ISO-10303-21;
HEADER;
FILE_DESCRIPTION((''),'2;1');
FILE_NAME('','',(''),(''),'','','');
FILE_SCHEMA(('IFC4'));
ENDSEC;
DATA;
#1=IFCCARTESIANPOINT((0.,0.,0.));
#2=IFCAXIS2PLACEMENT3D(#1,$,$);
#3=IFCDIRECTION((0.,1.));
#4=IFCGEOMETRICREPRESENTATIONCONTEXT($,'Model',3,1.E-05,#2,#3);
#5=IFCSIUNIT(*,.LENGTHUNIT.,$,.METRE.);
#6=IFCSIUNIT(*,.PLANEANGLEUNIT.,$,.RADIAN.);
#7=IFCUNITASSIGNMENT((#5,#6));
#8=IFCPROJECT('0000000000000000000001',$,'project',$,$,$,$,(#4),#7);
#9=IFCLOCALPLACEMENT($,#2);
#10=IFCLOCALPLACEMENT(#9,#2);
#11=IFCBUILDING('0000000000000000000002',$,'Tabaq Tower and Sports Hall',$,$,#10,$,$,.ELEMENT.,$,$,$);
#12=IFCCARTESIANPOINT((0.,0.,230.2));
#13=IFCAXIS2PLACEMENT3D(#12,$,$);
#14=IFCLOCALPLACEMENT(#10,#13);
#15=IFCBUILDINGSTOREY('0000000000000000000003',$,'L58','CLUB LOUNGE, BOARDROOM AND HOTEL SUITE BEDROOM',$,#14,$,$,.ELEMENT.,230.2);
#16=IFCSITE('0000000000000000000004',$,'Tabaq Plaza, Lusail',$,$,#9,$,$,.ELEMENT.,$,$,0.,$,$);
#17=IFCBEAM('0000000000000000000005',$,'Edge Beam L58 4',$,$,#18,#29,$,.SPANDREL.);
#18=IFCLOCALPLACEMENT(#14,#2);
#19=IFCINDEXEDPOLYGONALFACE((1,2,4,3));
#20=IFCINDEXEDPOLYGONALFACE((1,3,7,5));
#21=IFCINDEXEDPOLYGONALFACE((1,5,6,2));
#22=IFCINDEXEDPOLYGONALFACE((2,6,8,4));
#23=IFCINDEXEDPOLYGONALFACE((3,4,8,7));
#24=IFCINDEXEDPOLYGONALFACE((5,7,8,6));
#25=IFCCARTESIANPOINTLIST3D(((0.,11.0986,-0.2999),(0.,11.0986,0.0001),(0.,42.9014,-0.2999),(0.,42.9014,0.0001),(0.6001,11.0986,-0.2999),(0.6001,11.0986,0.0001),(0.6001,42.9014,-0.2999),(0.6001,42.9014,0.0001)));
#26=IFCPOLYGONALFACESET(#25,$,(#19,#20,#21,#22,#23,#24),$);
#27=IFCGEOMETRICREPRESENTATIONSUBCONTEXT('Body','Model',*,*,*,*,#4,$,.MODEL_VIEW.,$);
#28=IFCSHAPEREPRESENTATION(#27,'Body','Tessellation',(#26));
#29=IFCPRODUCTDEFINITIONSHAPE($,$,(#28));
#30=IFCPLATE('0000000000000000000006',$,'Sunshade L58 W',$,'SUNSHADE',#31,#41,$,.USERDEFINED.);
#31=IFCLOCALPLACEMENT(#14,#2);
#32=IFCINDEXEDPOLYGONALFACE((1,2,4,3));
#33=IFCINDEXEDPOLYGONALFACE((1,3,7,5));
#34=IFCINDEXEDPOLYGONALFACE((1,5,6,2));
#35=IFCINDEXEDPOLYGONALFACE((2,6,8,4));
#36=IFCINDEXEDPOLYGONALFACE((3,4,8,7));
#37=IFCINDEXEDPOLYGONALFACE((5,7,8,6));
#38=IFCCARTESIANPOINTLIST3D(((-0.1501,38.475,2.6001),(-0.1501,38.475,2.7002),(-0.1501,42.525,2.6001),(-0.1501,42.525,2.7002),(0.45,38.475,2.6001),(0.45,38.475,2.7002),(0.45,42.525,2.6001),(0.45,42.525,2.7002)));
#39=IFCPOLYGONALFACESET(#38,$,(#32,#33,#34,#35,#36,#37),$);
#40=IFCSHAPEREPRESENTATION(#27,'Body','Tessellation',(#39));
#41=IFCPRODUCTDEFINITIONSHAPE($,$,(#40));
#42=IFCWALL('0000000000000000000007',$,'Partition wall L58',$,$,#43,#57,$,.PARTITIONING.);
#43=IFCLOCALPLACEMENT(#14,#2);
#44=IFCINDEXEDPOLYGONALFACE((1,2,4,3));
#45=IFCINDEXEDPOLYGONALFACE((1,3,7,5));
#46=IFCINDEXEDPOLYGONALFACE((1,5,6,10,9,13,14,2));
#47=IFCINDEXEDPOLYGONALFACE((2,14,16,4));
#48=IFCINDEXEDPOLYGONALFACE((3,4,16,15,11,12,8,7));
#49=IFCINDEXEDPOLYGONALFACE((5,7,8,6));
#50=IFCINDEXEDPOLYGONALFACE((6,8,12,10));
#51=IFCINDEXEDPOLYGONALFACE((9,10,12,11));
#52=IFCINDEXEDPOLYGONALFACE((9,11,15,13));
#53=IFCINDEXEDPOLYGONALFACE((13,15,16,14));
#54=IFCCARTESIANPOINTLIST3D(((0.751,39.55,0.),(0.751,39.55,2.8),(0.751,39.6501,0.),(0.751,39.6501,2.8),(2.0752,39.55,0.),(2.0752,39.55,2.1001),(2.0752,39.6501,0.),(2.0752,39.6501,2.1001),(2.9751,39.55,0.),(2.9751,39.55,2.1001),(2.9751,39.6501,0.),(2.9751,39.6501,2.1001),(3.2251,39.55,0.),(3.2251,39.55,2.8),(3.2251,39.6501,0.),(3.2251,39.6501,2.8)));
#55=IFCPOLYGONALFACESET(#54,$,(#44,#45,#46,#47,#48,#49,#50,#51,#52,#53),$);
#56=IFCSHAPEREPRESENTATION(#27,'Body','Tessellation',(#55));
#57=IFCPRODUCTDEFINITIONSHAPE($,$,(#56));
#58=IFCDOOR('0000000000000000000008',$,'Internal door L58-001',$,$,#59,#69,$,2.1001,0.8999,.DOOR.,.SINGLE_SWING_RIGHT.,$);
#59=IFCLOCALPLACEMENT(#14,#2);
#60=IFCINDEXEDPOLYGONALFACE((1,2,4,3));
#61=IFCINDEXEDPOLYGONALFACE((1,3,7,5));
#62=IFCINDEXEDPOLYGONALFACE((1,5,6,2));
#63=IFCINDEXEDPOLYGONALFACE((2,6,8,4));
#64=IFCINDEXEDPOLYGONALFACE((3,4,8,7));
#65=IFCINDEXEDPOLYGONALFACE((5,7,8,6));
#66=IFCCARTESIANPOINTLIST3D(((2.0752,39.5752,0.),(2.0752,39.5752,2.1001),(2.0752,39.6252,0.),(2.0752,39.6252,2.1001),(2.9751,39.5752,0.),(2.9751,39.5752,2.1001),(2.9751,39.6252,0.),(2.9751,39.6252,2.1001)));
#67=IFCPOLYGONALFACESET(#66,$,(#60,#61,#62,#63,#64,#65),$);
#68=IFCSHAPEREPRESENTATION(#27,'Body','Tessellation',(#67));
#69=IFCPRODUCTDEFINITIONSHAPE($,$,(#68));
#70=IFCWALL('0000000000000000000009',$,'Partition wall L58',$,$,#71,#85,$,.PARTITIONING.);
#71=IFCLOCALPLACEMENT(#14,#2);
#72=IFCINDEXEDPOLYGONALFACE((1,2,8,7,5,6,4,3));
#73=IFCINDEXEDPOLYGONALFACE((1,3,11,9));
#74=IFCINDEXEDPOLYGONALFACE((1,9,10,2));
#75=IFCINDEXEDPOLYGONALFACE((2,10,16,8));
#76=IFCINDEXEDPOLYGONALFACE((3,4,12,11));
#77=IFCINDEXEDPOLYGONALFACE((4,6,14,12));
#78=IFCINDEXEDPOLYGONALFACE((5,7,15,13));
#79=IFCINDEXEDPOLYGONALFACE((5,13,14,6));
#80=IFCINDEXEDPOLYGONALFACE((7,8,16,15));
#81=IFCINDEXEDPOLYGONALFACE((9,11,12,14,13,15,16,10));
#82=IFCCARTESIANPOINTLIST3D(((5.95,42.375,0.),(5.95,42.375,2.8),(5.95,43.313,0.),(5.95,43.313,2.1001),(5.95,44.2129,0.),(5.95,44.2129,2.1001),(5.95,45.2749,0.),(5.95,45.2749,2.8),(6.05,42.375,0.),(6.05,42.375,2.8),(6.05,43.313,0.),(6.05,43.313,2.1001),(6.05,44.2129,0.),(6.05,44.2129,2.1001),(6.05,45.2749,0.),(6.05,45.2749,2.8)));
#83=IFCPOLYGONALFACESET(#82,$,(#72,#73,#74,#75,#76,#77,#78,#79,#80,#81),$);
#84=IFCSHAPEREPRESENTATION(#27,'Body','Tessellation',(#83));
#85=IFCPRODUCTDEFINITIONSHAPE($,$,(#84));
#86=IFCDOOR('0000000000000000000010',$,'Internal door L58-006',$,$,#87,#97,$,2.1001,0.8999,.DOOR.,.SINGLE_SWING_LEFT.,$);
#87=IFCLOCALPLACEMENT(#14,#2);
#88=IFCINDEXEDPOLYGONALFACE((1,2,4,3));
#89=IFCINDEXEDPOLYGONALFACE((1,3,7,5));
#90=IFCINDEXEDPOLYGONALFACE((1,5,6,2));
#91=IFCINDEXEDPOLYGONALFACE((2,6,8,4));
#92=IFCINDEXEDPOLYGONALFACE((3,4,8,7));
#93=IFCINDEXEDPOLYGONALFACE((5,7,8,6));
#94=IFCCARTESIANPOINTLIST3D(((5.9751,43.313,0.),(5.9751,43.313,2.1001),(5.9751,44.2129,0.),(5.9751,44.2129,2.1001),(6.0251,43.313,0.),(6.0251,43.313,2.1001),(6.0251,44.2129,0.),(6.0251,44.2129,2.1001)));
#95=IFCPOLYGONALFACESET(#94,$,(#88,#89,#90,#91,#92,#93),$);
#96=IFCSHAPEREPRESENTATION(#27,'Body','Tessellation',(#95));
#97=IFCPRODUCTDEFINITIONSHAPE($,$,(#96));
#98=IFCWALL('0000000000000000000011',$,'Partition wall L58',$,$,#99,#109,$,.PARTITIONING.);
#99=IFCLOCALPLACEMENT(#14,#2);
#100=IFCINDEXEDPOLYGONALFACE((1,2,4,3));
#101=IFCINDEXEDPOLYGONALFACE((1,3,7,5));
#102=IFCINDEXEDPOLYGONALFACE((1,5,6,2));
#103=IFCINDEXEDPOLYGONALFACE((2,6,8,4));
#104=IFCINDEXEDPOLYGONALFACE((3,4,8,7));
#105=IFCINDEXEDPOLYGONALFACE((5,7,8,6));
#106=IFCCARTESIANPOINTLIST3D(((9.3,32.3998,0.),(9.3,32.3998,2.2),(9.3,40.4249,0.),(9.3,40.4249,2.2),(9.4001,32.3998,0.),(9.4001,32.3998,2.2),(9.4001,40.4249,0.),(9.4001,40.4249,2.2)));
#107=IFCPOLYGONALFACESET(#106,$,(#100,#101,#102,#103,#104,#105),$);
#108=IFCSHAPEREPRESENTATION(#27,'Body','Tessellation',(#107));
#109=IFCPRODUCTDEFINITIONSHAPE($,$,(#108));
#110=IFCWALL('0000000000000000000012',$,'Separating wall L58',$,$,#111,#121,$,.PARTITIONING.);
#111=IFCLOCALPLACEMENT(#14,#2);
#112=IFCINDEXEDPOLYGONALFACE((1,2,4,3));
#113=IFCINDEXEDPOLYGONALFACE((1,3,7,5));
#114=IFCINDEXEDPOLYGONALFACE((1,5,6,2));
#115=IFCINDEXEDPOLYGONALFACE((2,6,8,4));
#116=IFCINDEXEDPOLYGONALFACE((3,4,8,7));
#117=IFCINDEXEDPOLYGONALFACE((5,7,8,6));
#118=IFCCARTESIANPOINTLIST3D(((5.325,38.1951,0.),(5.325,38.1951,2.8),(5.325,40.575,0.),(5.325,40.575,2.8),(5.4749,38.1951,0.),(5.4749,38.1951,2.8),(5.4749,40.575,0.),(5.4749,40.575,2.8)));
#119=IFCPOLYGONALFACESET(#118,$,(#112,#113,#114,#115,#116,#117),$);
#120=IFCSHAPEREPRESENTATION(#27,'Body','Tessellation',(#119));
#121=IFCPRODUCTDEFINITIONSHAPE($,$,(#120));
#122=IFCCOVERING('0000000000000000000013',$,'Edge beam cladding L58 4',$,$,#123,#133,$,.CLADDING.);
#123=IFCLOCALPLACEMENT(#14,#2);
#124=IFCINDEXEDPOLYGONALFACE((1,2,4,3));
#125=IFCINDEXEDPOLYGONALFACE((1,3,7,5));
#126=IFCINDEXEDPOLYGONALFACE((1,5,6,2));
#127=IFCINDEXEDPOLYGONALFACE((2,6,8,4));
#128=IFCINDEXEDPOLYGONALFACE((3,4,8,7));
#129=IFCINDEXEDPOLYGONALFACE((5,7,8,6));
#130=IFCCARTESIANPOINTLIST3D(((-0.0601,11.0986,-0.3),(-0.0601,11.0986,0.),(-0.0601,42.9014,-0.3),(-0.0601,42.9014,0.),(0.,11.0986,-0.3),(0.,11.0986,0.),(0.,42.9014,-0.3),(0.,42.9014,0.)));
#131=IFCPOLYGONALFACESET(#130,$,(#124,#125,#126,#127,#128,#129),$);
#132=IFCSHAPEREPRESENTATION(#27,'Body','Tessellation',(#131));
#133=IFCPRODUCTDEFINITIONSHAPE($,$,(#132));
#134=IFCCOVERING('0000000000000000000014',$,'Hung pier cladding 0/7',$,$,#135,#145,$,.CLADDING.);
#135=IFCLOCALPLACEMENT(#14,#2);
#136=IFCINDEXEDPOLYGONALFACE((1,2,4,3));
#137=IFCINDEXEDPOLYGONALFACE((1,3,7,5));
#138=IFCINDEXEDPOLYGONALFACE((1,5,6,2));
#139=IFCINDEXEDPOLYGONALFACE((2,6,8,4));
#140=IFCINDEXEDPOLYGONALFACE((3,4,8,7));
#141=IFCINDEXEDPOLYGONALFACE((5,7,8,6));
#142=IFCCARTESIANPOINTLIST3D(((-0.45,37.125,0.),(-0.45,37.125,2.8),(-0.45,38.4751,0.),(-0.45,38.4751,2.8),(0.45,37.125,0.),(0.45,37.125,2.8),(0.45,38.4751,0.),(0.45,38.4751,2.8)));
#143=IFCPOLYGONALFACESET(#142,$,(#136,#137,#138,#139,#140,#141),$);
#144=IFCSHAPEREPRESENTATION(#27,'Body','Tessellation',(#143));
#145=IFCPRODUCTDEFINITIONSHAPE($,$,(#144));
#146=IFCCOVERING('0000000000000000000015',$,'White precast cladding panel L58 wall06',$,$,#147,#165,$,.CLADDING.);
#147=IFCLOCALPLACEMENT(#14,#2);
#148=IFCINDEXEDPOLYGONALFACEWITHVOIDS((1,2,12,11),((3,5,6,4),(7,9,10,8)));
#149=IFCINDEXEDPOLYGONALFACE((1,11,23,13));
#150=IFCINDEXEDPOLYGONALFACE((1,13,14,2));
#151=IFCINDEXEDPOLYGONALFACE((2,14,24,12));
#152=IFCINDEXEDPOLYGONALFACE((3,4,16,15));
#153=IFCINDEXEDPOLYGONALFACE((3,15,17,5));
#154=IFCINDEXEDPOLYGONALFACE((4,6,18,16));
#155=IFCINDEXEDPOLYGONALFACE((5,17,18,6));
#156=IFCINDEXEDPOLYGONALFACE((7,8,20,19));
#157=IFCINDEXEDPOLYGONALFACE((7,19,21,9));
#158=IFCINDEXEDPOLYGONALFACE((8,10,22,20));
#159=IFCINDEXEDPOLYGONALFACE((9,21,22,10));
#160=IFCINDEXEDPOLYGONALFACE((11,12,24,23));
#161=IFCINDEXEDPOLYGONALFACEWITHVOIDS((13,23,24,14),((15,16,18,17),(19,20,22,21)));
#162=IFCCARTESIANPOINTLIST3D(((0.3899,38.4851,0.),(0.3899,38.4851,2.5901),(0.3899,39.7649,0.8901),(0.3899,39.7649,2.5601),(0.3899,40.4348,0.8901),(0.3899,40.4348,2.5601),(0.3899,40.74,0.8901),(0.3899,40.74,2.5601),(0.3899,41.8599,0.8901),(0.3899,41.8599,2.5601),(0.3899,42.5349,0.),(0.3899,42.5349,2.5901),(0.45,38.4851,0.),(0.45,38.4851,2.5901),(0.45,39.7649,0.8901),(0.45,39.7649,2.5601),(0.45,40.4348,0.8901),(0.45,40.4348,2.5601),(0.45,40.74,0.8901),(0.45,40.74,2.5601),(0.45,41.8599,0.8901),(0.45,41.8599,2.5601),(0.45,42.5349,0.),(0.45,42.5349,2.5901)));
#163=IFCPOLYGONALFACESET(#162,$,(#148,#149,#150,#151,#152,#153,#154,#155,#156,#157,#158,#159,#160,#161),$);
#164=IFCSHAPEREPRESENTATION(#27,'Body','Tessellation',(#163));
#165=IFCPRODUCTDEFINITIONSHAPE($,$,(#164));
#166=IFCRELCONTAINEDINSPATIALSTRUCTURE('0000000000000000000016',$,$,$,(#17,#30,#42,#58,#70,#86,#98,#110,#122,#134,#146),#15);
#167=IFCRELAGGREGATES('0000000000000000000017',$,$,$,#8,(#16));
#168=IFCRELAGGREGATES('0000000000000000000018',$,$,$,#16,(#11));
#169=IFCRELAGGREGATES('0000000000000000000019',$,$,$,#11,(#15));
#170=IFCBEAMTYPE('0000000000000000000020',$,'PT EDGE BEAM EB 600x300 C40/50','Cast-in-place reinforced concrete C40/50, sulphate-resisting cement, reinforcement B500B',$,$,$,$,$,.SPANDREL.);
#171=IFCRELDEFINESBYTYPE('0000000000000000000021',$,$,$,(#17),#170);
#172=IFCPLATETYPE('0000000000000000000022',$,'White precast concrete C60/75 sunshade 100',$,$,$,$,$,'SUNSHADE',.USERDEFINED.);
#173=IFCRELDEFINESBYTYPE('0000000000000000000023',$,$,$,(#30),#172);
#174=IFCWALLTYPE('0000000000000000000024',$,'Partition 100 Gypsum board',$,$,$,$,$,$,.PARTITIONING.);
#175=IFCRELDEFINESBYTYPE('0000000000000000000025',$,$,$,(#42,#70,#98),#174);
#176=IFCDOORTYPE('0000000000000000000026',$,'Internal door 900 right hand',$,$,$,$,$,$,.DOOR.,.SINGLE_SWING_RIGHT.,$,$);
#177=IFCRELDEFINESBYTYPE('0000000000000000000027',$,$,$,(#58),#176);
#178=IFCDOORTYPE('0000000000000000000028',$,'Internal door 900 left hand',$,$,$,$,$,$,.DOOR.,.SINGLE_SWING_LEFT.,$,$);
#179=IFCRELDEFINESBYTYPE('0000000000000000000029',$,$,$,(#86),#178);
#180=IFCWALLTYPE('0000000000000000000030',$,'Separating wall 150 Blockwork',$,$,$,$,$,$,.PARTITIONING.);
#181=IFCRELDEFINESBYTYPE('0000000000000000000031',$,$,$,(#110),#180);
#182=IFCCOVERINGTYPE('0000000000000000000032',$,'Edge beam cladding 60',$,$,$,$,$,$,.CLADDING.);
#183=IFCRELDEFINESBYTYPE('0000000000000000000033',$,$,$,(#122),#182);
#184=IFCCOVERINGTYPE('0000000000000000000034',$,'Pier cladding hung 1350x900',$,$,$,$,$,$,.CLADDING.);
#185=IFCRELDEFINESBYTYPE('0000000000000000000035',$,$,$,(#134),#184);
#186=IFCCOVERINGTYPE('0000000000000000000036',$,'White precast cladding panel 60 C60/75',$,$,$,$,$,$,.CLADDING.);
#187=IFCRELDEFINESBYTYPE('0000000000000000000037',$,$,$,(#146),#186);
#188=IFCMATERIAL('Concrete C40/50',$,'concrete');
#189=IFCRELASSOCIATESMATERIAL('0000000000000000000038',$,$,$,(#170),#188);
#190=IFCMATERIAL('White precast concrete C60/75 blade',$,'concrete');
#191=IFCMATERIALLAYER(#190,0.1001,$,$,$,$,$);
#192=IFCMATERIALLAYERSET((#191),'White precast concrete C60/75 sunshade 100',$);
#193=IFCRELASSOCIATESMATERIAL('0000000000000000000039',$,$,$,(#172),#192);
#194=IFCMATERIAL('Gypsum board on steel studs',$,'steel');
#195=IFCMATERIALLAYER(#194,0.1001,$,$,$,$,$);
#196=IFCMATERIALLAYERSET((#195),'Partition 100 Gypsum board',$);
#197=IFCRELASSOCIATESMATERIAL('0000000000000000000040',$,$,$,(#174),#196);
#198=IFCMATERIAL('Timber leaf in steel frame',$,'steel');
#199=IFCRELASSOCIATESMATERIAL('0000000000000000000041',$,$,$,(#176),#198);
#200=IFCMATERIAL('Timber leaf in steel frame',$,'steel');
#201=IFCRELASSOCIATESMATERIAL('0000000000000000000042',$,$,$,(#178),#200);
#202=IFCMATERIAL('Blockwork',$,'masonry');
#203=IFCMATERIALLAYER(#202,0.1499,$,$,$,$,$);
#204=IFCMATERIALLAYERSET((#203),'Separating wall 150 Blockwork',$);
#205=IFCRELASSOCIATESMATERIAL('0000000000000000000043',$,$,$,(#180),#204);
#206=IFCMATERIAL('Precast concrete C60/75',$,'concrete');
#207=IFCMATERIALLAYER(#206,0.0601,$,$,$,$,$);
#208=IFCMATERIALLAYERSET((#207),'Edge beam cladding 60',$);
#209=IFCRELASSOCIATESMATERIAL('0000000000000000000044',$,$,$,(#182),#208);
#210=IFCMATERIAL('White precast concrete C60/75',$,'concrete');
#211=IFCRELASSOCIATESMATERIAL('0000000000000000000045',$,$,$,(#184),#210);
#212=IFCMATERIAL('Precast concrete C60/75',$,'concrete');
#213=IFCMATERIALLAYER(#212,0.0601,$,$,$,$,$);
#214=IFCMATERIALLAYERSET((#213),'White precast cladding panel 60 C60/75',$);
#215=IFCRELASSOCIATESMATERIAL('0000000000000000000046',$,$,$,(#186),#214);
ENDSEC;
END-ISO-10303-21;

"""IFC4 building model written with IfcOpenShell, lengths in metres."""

from ifc_helpers import new_model, si_unit, direction, frame, frame_2d, origin, origin_2d, place, context, subcontext, project, spatial, polyline, rectangle, outline, extrude, material, layer, layer_set, material_profile, profile_set, type_object, element, fill, save


model = new_model("IFC4")

# Units and contexts
model_context = context("Model", 3, precision=1e-05, world=origin(), true_north=direction((0.0, 1.0)))
body_context = subcontext(model_context, "Body", "Model", "MODEL_VIEW")
ifc_project = project(units=[si_unit("LENGTHUNIT", "METRE"), si_unit("PLANEANGLEUNIT", "RADIAN")], contexts=[model_context])

# Site, building, storey
site_placement = place(None, origin())
site = spatial("IfcSite", under=ifc_project, at=site_placement, Name="Tabaq Plaza, Lusail", CompositionType="ELEMENT", RefElevation=0.0)
building_placement = place(site_placement, origin())
building = spatial("IfcBuilding", under=site, at=building_placement, Name="Tabaq Tower and Sports Hall", CompositionType="ELEMENT")
storey_placement = place(building_placement, frame((0.0, 0.0, 230.2)))
storey = spatial("IfcBuildingStorey", under=building, at=storey_placement, Name="L58", Description="CLUB LOUNGE, BOARDROOM AND HOTEL SUITE BEDROOM", CompositionType="ELEMENT", Elevation=230.2)

# Beam
ifc_material_1 = material(Name="Concrete C40/50", Category="concrete")
ifc_material_profile = material_profile(ifc_material_1, rectangle(XDim=0.6001, YDim=0.3, at=origin_2d()), Name="EB 600x300")
ifc_profile_set = profile_set([ifc_material_profile], Name="Concrete C40/50")
beam_type = type_object("IfcBeamType", Name="PT EDGE BEAM EB 600x300 C40/50", Description="Cast-in-place reinforced concrete C40/50, sulphate-resisting cement, reinforcement B500B", PredefinedType="SPANDREL", material=ifc_profile_set)
beam_placement = place(storey_placement, frame((0.3, 42.9014, -0.1499), z_axis=(0.0, -1.0, 0.0), x_axis=(1.0, 0.0, 0.0)))
element("IfcBeam", 1, at=beam_placement, inside=storey, type_object=beam_type, Name="Edge Beam L58 4", PredefinedType="SPANDREL", context=body_context, shape_type="SweptSolid", body=[
    extrude(rectangle(XDim=0.6001, YDim=0.3, at=origin_2d()), origin(), (0.0, 0.0, 1.0), 31.8027),
])

# Plate
ifc_material_2 = material(Name="White precast concrete C60/75 blade", Category="concrete")
ifc_layer_1 = layer(ifc_material_2, 0.1001)
ifc_layer_set_1 = layer_set([ifc_layer_1], Name="White precast concrete C60/75 sunshade 100")
plate_type = type_object("IfcPlateType", Name="White precast concrete C60/75 sunshade 100", ElementType="SUNSHADE", PredefinedType="USERDEFINED", material=ifc_layer_set_1)
plate_placement = place(storey_placement, frame((0.1499, 40.5, 2.6001), z_axis=(0.0, 0.0, 1.0), x_axis=(0.0, -1.0, 0.0)))
element("IfcPlate", 2, at=plate_placement, inside=storey, type_object=plate_type, Name="Sunshade L58 W", ObjectType="SUNSHADE", PredefinedType="USERDEFINED", context=body_context, shape_type="SweptSolid", body=[
    extrude(rectangle(XDim=4.05, YDim=0.6001, at=origin_2d()), origin(), (0.0, 0.0, 1.0), 0.1001),
])

# Walls, openings, doors
ifc_material_3 = material(Name="Gypsum board on steel studs", Category="steel")
ifc_layer_2 = layer(ifc_material_3, 0.1001)
ifc_layer_set_2 = layer_set([ifc_layer_2], Name="Partition 100 Gypsum board")
wall_type_1 = type_object("IfcWallType", Name="Partition 100 Gypsum board", PredefinedType="PARTITIONING", material=ifc_layer_set_2)
wall_1_placement = place(storey_placement, frame((3.2251, 39.6001, 0.0), z_axis=(0.0, 0.0, 1.0), x_axis=(-1.0, 0.0, 0.0)))
wall_1 = element("IfcWall", 3, at=wall_1_placement, inside=storey, type_object=wall_type_1, Name="Partition wall L58", PredefinedType="PARTITIONING", context=body_context, shape_type="SweptSolid", body=[
    extrude(rectangle(XDim=2.4741, YDim=0.1001, at=frame_2d((1.2371, 0.0))), origin(), (0.0, 0.0, 1.0), 2.8),
])
opening_1_placement = place(wall_1_placement, frame((0.25, 0.0, 0.0)))
opening_1 = element("IfcOpeningElement", 4, at=opening_1_placement, cuts=wall_1, PredefinedType="OPENING", context=body_context, shape_type="SweptSolid", body=[
    extrude(rectangle(XDim=0.8999, YDim=2.1001, at=frame_2d((0.45, 1.05))), frame((0.0, 0.05, 0.0), z_axis=(0.0, -1.0, 0.0), x_axis=(1.0, 0.0, 0.0)), (0.0, 0.0, 1.0), 0.1001),
])
ifc_material_4 = material(Name="Timber leaf in steel frame", Category="steel")
door_type_1 = type_object("IfcDoorType", Name="Internal door 900 right hand", OperationType="SINGLE_SWING_RIGHT", PredefinedType="DOOR", material=ifc_material_4)
door_1_placement = place(opening_1_placement, origin())
door_1 = element("IfcDoor", 5, at=door_1_placement, inside=storey, type_object=door_type_1, Name="Internal door L58-001", OperationType="SINGLE_SWING_RIGHT", OverallHeight=2.1001, OverallWidth=0.8999, PredefinedType="DOOR", context=body_context, shape_type="SweptSolid", body=[
    extrude(rectangle(XDim=0.8999, YDim=2.1001, at=frame_2d((0.45, 1.05))), frame((0.0, 0.0249, 0.0), z_axis=(0.0, -1.0, 0.0), x_axis=(1.0, 0.0, 0.0)), (0.0, 0.0, 1.0), 0.05),
])
fill(opening_1, door_1)
wall_2_placement = place(storey_placement, frame((6.0, 42.375, 0.0), z_axis=(0.0, 0.0, 1.0), x_axis=(0.0, 1.0, 0.0)))
wall_2 = element("IfcWall", 6, at=wall_2_placement, inside=storey, type_object=wall_type_1, Name="Partition wall L58", PredefinedType="PARTITIONING", context=body_context, shape_type="SweptSolid", body=[
    extrude(rectangle(XDim=2.8999, YDim=0.1001, at=frame_2d((1.45, 0.0))), origin(), (0.0, 0.0, 1.0), 2.8),
])
opening_2_placement = place(wall_2_placement, frame((0.938, 0.0, 0.0)))
opening_2 = element("IfcOpeningElement", 7, at=opening_2_placement, cuts=wall_2, PredefinedType="OPENING", context=body_context, shape_type="SweptSolid", body=[
    extrude(rectangle(XDim=0.8999, YDim=2.1001, at=frame_2d((0.45, 1.05))), frame((0.0, 0.05, 0.0), z_axis=(0.0, -1.0, 0.0), x_axis=(1.0, 0.0, 0.0)), (0.0, 0.0, 1.0), 0.1001),
])
ifc_material_5 = material(Name="Timber leaf in steel frame", Category="steel")
door_type_2 = type_object("IfcDoorType", Name="Internal door 900 left hand", OperationType="SINGLE_SWING_LEFT", PredefinedType="DOOR", material=ifc_material_5)
door_2_placement = place(opening_2_placement, origin())
door_2 = element("IfcDoor", 8, at=door_2_placement, inside=storey, type_object=door_type_2, Name="Internal door L58-006", OperationType="SINGLE_SWING_LEFT", OverallHeight=2.1001, OverallWidth=0.8999, PredefinedType="DOOR", context=body_context, shape_type="SweptSolid", body=[
    extrude(rectangle(XDim=0.8999, YDim=2.1001, at=frame_2d((0.45, 1.05))), frame((0.0, 0.0249, 0.0), z_axis=(0.0, -1.0, 0.0), x_axis=(1.0, 0.0, 0.0)), (0.0, 0.0, 1.0), 0.05),
])
fill(opening_2, door_2)

# Walls
wall_3_placement = place(storey_placement, frame((9.3501, 40.425, 0.0), z_axis=(0.0, 0.0, 1.0), x_axis=(0.0, -1.0, 0.0)))
element("IfcWall", 9, at=wall_3_placement, inside=storey, type_object=wall_type_1, Name="Partition wall L58", PredefinedType="PARTITIONING", context=body_context, shape_type="SweptSolid", body=[
    extrude(rectangle(XDim=8.0251, YDim=0.1001, at=frame_2d((4.0127, 0.0))), origin(), (0.0, 0.0, 1.0), 2.2),
])
ifc_material_6 = material(Name="Blockwork", Category="masonry")
ifc_layer_3 = layer(ifc_material_6, 0.1499)
ifc_layer_set_3 = layer_set([ifc_layer_3], Name="Separating wall 150 Blockwork")
wall_type_2 = type_object("IfcWallType", Name="Separating wall 150 Blockwork", PredefinedType="PARTITIONING", material=ifc_layer_set_3)
wall_4_placement = place(storey_placement, frame((5.3999, 38.1951, 0.0), z_axis=(0.0, 0.0, 1.0), x_axis=(0.0, 1.0, 0.0)))
element("IfcWall", 10, at=wall_4_placement, inside=storey, type_object=wall_type_2, Name="Separating wall L58", PredefinedType="PARTITIONING", context=body_context, shape_type="SweptSolid", body=[
    extrude(rectangle(XDim=2.3799, YDim=0.1499, at=frame_2d((1.1899, 0.0))), origin(), (0.0, 0.0, 1.0), 2.8),
])

# Coverings
ifc_material_7 = material(Name="Precast concrete C60/75", Category="concrete")
ifc_layer_4 = layer(ifc_material_7, 0.0601)
ifc_layer_set_4 = layer_set([ifc_layer_4], Name="Edge beam cladding 60")
covering_type_1 = type_object("IfcCoveringType", Name="Edge beam cladding 60", PredefinedType="CLADDING", material=ifc_layer_set_4)
covering_1_placement = place(storey_placement, frame((-0.03, 42.9014, -0.3), z_axis=(0.0, 0.0, 1.0), x_axis=(0.0, -1.0, 0.0)))
element("IfcCovering", 11, at=covering_1_placement, inside=storey, type_object=covering_type_1, Name="Edge beam cladding L58 4", PredefinedType="CLADDING", context=body_context, shape_type="SweptSolid", body=[
    extrude(rectangle(XDim=31.8027, YDim=0.0601, at=frame_2d((15.9014, 0.0))), origin(), (0.0, 0.0, 1.0), 0.3),
])
ifc_material_8 = material(Name="White precast concrete C60/75", Category="concrete")
covering_type_2 = type_object("IfcCoveringType", Name="Pier cladding hung 1350x900", PredefinedType="CLADDING", material=ifc_material_8)
covering_2_placement = place(storey_placement, frame((0.0, 38.4751, 0.0), z_axis=(0.0, 0.0, 1.0), x_axis=(0.0, -1.0, 0.0)))
element("IfcCovering", 12, at=covering_2_placement, inside=storey, type_object=covering_type_2, Name="Hung pier cladding 0/7", PredefinedType="CLADDING", context=body_context, shape_type="SweptSolid", body=[
    extrude(rectangle(XDim=1.3501, YDim=0.8999, at=frame_2d((0.675, 0.0))), origin(), (0.0, 0.0, 1.0), 2.8),
])
ifc_material_9 = material(Name="Precast concrete C60/75", Category="concrete")
ifc_layer_5 = layer(ifc_material_9, 0.0601)
ifc_layer_set_5 = layer_set([ifc_layer_5], Name="White precast cladding panel 60 C60/75")
covering_type_3 = type_object("IfcCoveringType", Name="White precast cladding panel 60 C60/75", PredefinedType="CLADDING", material=ifc_layer_set_5)
covering_3_placement = place(storey_placement, frame((0.4199, 42.5349, 0.0), z_axis=(0.0, 0.0, 1.0), x_axis=(0.0, -1.0, 0.0)))
element("IfcCovering", 13, at=covering_3_placement, inside=storey, type_object=covering_type_3, Name="White precast cladding panel L58 wall06", PredefinedType="CLADDING", context=body_context, shape_type="SweptSolid", body=[
    extrude(outline(polyline([(0.0, 0.0), (4.0498, 0.0), (4.0498, 2.5901), (0.0, 2.5901), (0.0, 0.0)]), holes=[polyline([(0.675, 0.8901), (0.675, 2.5601), (1.7949, 2.5601), (1.7949, 0.8901), (0.675, 0.8901)]), polyline([(2.1001, 0.8901), (2.1001, 2.5601), (2.77, 2.5601), (2.77, 0.8901), (2.1001, 0.8901)])]), frame((0.0, 0.03, 0.0), z_axis=(0.0, -1.0, 0.0), x_axis=(1.0, 0.0, 0.0)), (0.0, 0.0, 1.0), 0.0601),
])

save(model, "model.ifc")
